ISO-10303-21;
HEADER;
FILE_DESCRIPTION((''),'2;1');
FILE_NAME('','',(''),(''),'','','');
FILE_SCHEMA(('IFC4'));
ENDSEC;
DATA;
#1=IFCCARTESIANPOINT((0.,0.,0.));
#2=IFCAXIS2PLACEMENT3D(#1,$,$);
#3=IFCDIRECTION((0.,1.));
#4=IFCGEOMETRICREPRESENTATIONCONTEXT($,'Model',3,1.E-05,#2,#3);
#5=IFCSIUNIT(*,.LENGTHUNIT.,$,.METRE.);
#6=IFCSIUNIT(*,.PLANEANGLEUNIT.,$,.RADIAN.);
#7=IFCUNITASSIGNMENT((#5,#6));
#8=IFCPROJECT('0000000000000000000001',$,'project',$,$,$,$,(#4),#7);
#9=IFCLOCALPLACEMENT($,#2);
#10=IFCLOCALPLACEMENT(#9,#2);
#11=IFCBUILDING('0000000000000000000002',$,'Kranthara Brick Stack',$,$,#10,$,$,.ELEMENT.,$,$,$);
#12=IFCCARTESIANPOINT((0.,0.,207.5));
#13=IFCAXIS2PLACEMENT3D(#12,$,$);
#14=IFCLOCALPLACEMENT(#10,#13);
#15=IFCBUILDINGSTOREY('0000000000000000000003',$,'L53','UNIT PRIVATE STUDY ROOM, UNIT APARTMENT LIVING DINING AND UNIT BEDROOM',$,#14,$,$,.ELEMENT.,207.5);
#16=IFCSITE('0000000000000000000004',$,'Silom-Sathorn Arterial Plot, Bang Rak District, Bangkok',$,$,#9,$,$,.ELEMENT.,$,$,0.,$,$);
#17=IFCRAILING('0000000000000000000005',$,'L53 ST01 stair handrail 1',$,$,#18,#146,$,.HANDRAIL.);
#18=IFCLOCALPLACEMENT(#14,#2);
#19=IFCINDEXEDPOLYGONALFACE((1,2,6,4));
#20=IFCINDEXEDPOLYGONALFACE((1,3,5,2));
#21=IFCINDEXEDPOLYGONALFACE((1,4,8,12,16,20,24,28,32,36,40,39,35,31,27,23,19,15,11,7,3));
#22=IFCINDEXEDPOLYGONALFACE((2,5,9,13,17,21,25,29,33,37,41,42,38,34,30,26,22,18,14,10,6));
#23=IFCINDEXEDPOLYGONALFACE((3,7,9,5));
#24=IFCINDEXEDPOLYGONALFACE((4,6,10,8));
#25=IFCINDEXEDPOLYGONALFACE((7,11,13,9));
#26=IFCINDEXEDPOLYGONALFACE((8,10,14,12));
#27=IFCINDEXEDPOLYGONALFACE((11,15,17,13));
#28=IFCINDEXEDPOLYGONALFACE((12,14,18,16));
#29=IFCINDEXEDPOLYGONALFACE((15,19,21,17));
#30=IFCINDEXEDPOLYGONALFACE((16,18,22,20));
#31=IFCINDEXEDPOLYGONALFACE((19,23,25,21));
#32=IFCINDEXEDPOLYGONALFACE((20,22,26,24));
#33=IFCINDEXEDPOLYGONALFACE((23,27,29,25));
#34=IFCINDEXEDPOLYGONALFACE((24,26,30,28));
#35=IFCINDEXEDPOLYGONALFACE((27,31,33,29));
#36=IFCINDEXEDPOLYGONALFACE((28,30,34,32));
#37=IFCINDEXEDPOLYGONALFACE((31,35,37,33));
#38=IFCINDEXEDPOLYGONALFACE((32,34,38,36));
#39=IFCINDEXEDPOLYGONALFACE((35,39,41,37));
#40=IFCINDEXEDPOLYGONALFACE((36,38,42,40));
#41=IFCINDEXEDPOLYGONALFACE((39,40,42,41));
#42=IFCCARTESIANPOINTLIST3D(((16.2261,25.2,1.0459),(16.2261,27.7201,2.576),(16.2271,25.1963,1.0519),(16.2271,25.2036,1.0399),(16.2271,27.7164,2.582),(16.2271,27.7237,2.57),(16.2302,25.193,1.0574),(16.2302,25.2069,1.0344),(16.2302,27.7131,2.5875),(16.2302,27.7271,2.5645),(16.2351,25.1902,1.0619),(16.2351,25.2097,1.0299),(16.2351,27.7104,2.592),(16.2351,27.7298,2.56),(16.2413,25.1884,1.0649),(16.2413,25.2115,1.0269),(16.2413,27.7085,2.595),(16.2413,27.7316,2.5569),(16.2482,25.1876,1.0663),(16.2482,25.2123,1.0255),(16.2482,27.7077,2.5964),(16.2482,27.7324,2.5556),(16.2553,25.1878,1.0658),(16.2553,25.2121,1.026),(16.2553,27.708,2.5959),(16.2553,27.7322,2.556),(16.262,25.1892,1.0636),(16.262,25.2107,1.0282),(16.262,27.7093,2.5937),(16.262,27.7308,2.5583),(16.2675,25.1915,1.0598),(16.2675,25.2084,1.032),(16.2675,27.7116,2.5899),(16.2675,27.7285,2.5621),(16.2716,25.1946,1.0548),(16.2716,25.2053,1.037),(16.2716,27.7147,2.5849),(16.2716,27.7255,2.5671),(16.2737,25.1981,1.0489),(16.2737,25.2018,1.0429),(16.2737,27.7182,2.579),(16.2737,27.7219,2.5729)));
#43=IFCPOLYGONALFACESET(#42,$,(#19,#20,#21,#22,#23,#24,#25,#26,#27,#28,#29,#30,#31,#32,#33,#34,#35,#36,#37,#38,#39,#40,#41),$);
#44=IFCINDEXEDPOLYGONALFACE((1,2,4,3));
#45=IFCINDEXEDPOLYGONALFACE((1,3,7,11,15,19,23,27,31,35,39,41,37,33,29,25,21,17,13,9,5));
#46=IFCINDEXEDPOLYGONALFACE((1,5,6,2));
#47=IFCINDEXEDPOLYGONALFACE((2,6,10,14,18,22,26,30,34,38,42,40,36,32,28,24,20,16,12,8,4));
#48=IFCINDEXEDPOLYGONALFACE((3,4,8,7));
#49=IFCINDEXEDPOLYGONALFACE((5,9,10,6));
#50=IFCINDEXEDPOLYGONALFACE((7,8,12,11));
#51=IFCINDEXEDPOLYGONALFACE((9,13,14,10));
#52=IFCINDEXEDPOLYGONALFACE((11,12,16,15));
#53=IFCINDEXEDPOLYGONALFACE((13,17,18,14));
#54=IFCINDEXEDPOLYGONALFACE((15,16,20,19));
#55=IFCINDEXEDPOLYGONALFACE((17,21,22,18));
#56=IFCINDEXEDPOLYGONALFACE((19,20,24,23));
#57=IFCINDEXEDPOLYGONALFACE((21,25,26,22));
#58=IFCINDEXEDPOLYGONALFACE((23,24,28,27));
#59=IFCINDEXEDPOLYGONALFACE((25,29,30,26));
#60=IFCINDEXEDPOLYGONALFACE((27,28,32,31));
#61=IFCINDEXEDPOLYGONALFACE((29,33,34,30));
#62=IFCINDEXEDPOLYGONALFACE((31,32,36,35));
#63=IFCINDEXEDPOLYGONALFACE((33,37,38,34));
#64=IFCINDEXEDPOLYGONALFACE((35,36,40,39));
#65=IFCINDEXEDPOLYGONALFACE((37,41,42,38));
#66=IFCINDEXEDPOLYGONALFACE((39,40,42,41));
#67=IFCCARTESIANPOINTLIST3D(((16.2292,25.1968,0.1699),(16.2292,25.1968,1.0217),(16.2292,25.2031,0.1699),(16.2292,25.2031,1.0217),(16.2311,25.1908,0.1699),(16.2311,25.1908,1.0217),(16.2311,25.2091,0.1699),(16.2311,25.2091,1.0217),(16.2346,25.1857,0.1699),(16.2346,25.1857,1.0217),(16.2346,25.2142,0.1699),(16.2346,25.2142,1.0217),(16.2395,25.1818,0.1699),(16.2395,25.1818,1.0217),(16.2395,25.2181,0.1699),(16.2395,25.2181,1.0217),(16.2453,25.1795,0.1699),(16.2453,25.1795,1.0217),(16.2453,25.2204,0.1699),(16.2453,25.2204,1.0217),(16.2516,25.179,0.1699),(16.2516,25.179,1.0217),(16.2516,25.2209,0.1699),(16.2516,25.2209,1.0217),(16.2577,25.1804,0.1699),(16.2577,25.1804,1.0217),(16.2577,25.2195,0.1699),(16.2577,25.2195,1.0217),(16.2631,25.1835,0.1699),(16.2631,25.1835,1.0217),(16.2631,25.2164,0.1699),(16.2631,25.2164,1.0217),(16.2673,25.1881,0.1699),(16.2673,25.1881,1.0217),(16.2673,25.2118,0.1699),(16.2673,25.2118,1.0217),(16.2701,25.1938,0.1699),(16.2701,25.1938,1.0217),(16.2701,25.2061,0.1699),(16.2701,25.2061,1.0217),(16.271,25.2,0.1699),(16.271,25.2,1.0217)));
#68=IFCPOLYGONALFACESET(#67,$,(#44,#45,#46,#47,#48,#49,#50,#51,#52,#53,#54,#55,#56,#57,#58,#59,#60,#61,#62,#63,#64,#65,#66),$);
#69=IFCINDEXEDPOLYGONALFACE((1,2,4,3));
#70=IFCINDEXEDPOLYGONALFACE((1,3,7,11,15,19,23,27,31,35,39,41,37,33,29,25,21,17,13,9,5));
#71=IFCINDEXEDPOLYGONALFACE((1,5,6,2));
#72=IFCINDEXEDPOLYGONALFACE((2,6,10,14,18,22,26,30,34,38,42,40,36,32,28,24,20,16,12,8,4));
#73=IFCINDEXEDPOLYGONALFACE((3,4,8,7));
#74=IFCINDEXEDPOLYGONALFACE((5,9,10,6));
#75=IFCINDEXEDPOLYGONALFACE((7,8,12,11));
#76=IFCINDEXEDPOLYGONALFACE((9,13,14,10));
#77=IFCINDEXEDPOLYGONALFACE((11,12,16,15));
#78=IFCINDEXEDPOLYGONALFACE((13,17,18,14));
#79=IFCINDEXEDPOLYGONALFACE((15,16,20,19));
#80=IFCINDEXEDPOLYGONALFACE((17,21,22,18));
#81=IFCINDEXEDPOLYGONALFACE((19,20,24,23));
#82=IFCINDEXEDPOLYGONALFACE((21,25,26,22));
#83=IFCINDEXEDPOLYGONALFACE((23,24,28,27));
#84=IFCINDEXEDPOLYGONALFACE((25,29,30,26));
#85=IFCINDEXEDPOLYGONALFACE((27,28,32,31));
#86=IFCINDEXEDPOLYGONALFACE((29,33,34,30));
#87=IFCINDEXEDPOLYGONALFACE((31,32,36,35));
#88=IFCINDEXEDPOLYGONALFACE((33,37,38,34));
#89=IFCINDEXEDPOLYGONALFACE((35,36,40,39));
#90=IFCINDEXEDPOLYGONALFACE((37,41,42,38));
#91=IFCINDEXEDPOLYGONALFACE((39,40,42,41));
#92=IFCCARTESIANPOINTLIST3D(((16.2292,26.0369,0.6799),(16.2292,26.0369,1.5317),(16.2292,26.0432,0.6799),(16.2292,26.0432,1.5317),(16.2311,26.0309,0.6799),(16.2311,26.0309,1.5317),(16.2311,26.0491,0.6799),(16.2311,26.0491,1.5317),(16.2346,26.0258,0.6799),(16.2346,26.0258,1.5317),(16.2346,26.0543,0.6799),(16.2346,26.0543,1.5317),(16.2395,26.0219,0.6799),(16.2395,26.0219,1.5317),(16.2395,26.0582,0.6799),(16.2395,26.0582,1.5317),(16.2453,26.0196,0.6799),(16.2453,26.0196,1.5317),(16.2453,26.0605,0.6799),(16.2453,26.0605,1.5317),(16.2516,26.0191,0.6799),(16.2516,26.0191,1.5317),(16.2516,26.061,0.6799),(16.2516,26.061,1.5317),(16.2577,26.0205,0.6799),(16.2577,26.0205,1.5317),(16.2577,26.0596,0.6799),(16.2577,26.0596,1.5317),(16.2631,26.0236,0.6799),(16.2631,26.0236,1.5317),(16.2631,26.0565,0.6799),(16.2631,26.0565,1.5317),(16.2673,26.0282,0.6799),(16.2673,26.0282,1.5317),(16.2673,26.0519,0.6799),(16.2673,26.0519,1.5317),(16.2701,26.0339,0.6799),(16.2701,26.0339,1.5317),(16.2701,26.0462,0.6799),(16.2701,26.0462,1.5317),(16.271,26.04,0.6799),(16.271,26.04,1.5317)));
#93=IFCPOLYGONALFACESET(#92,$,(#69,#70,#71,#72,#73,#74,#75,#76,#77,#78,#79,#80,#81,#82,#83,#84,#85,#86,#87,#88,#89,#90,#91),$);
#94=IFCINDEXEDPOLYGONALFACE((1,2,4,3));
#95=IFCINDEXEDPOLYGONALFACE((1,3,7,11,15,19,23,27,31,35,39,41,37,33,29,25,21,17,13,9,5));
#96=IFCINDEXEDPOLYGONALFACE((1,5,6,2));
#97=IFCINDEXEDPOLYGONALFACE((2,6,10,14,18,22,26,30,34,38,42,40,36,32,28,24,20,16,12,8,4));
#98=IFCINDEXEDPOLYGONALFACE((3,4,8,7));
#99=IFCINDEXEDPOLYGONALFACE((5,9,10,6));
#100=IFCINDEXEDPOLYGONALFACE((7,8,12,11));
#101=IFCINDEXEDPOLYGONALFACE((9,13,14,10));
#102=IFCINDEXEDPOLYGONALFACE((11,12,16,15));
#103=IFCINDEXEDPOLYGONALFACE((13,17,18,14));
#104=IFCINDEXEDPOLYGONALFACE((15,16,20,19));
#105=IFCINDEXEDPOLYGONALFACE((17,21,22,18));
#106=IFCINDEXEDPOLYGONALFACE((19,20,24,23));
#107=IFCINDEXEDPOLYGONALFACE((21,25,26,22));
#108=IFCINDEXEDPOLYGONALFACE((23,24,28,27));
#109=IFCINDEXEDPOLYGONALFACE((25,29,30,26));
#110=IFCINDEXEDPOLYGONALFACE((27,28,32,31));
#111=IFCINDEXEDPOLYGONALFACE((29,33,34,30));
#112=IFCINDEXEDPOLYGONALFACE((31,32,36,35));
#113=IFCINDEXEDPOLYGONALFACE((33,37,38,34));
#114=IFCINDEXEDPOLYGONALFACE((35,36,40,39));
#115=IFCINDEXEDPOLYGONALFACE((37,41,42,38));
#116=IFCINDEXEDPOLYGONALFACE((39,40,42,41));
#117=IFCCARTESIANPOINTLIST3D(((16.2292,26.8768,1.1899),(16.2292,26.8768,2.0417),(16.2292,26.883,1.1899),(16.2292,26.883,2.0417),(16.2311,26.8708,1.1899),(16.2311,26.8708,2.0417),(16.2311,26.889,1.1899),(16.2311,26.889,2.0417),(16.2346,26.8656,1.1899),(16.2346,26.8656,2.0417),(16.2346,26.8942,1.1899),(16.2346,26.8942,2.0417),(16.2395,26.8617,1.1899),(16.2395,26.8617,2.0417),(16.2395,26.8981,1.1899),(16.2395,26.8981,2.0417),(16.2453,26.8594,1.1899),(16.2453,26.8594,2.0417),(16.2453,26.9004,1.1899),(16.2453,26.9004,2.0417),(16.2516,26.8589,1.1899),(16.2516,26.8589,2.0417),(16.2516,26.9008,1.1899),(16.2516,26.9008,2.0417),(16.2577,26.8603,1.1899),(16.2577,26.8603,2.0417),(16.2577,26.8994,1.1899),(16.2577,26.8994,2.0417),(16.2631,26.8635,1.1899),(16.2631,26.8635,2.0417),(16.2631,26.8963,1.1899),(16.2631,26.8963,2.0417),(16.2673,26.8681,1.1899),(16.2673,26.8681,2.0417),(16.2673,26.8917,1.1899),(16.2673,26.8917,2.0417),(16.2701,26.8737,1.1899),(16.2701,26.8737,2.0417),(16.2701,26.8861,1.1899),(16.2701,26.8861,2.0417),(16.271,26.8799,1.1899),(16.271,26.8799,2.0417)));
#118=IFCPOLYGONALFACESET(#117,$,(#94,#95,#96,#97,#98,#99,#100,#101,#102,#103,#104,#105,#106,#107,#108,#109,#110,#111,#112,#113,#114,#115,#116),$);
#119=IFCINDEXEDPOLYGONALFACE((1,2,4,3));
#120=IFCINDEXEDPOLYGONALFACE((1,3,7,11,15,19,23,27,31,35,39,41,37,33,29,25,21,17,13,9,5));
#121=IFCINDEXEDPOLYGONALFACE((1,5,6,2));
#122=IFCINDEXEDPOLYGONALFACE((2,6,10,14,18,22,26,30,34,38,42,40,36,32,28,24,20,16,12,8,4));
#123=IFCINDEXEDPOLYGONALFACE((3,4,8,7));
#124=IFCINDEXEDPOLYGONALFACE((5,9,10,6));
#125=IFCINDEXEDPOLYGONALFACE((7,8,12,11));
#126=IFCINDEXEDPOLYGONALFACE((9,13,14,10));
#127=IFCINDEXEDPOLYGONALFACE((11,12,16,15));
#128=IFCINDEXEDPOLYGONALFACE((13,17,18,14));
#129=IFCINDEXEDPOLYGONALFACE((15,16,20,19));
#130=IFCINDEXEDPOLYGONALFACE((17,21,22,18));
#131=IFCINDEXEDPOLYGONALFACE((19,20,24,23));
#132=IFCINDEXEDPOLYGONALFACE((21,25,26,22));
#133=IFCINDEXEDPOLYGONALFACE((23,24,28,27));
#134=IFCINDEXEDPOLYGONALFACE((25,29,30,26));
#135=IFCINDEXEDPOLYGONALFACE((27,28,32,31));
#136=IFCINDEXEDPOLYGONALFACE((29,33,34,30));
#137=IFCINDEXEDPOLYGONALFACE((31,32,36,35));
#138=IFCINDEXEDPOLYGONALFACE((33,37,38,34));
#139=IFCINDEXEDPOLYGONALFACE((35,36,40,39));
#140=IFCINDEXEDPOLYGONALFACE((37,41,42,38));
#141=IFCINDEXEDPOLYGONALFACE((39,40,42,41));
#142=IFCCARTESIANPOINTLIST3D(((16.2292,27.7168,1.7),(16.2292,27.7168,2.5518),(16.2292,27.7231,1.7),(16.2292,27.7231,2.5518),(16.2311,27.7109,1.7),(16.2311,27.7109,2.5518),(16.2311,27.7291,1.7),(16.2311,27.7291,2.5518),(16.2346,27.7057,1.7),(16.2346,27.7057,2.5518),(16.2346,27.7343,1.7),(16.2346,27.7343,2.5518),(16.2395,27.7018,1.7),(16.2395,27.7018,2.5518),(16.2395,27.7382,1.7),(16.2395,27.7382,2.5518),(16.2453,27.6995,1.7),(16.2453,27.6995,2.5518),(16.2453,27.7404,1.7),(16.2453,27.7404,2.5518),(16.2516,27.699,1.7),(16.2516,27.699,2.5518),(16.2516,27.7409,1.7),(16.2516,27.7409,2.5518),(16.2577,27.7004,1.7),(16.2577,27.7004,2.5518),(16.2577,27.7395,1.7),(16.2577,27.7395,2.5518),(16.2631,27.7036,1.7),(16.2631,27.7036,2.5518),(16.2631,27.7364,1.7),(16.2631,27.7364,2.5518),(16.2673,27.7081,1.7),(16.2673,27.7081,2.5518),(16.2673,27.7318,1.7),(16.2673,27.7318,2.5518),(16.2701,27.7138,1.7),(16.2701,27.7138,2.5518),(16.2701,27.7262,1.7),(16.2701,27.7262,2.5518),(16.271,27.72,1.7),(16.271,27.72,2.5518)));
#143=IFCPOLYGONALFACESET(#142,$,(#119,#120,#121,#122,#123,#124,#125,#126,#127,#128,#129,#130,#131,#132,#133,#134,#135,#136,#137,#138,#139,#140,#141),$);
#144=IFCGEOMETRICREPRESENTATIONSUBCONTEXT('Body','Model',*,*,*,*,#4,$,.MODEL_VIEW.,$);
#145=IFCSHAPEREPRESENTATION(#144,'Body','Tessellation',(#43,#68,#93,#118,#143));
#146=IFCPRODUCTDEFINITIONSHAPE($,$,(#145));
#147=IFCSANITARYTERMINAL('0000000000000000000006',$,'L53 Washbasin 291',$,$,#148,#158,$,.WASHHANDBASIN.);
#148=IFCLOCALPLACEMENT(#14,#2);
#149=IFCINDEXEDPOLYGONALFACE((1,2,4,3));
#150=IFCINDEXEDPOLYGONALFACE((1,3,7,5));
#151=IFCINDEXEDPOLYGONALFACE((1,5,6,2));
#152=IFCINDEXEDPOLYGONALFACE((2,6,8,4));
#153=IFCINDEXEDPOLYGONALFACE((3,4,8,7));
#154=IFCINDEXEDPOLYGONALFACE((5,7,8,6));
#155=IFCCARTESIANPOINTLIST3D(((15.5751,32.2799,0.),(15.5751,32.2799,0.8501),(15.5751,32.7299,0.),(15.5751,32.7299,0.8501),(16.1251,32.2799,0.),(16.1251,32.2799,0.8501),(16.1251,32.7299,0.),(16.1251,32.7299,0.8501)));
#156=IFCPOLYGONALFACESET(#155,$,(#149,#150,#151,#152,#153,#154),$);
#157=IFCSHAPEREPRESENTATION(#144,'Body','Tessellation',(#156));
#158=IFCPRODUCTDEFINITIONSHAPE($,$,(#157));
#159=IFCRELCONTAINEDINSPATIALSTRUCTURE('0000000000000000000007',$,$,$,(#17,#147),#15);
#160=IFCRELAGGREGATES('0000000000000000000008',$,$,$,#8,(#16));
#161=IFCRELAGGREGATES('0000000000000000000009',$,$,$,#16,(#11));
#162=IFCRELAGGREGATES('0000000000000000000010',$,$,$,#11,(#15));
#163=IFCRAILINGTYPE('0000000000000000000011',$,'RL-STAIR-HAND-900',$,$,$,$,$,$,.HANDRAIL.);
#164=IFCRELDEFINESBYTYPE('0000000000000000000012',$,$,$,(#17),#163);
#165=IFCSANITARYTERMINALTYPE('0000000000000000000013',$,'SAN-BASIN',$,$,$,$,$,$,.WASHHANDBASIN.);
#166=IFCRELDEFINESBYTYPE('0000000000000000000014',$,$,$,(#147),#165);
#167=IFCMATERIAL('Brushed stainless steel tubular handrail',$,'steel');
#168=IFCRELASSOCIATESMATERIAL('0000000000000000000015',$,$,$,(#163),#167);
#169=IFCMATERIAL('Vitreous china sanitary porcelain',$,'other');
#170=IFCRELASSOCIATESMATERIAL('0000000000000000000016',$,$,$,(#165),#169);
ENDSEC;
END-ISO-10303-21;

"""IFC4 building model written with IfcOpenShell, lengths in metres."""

from ifc_helpers import new_model, si_unit, direction, frame, origin, origin_2d, place, context, subcontext, project, spatial, rectangle, circle, extrude, material, type_object, element, save


model = new_model("IFC4")

# Units and contexts
model_context = context("Model", 3, precision=1e-05, world=origin(), true_north=direction((0.0, 1.0)))
body_context = subcontext(model_context, "Body", "Model", "MODEL_VIEW")
ifc_project = project(units=[si_unit("LENGTHUNIT", "METRE"), si_unit("PLANEANGLEUNIT", "RADIAN")], contexts=[model_context])

# Site, building, storey
site_placement = place(None, origin())
site = spatial("IfcSite", under=ifc_project, at=site_placement, Name="Silom-Sathorn Arterial Plot, Bang Rak District, Bangkok", CompositionType="ELEMENT", RefElevation=0.0)
building_placement = place(site_placement, origin())
building = spatial("IfcBuilding", under=site, at=building_placement, Name="Kranthara Brick Stack", CompositionType="ELEMENT")
storey_placement = place(building_placement, frame((0.0, 0.0, 207.5)))
storey = spatial("IfcBuildingStorey", under=building, at=storey_placement, Name="L53", Description="UNIT PRIVATE STUDY ROOM, UNIT APARTMENT LIVING DINING AND UNIT BEDROOM", CompositionType="ELEMENT", Elevation=207.5)

# Railing
ifc_material_1 = material(Name="Brushed stainless steel tubular handrail", Category="steel")
railing_type = type_object("IfcRailingType", Name="RL-STAIR-HAND-900", PredefinedType="HANDRAIL", material=ifc_material_1)
railing_placement = place(storey_placement, frame((16.25, 25.2, 0.1699)))
element("IfcRailing", 1, at=railing_placement, inside=storey, type_object=railing_type, Name="L53 ST01 stair handrail 1", PredefinedType="HANDRAIL", context=body_context, shape_type="SweptSolid", body=[
    extrude(circle(Radius=0.0239, at=origin_2d()), frame((0.0, 0.0, 0.876), z_axis=(0.0, 0.854785, 0.518982), x_axis=(-1.0, 0.0, 0.0)), (0.0, 0.0, 1.0), 2.9482),
    extrude(circle(Radius=0.021, at=origin_2d()), origin(), (0.0, 0.0, 1.0), 0.8518),
    extrude(circle(Radius=0.021, at=origin_2d()), frame((0.0, 0.8401, 0.51)), (0.0, 0.0, 1.0), 0.8518),
    extrude(circle(Radius=0.021, at=origin_2d()), frame((0.0, 1.6799, 1.02)), (0.0, 0.0, 1.0), 0.8518),
    extrude(circle(Radius=0.021, at=origin_2d()), frame((0.0, 2.52, 1.53)), (0.0, 0.0, 1.0), 0.8518),
])

# Sanitary terminal
ifc_material_2 = material(Name="Vitreous china sanitary porcelain", Category="other")
sanitary_terminal_type = type_object("IfcSanitaryTerminalType", Name="SAN-BASIN", PredefinedType="WASHHANDBASIN", material=ifc_material_2)
sanitary_terminal_placement = place(storey_placement, frame((15.8501, 32.5049, 0.0), z_axis=(0.0, 0.0, 1.0), x_axis=(1.0, 0.0, 0.0)))
element("IfcSanitaryTerminal", 2, at=sanitary_terminal_placement, inside=storey, type_object=sanitary_terminal_type, Name="L53 Washbasin 291", PredefinedType="WASHHANDBASIN", context=body_context, shape_type="SweptSolid", body=[
    extrude(rectangle(XDim=0.55, YDim=0.45, at=origin_2d()), origin(), (0.0, 0.0, 1.0), 0.8501),
])

save(model, "model.ifc")
